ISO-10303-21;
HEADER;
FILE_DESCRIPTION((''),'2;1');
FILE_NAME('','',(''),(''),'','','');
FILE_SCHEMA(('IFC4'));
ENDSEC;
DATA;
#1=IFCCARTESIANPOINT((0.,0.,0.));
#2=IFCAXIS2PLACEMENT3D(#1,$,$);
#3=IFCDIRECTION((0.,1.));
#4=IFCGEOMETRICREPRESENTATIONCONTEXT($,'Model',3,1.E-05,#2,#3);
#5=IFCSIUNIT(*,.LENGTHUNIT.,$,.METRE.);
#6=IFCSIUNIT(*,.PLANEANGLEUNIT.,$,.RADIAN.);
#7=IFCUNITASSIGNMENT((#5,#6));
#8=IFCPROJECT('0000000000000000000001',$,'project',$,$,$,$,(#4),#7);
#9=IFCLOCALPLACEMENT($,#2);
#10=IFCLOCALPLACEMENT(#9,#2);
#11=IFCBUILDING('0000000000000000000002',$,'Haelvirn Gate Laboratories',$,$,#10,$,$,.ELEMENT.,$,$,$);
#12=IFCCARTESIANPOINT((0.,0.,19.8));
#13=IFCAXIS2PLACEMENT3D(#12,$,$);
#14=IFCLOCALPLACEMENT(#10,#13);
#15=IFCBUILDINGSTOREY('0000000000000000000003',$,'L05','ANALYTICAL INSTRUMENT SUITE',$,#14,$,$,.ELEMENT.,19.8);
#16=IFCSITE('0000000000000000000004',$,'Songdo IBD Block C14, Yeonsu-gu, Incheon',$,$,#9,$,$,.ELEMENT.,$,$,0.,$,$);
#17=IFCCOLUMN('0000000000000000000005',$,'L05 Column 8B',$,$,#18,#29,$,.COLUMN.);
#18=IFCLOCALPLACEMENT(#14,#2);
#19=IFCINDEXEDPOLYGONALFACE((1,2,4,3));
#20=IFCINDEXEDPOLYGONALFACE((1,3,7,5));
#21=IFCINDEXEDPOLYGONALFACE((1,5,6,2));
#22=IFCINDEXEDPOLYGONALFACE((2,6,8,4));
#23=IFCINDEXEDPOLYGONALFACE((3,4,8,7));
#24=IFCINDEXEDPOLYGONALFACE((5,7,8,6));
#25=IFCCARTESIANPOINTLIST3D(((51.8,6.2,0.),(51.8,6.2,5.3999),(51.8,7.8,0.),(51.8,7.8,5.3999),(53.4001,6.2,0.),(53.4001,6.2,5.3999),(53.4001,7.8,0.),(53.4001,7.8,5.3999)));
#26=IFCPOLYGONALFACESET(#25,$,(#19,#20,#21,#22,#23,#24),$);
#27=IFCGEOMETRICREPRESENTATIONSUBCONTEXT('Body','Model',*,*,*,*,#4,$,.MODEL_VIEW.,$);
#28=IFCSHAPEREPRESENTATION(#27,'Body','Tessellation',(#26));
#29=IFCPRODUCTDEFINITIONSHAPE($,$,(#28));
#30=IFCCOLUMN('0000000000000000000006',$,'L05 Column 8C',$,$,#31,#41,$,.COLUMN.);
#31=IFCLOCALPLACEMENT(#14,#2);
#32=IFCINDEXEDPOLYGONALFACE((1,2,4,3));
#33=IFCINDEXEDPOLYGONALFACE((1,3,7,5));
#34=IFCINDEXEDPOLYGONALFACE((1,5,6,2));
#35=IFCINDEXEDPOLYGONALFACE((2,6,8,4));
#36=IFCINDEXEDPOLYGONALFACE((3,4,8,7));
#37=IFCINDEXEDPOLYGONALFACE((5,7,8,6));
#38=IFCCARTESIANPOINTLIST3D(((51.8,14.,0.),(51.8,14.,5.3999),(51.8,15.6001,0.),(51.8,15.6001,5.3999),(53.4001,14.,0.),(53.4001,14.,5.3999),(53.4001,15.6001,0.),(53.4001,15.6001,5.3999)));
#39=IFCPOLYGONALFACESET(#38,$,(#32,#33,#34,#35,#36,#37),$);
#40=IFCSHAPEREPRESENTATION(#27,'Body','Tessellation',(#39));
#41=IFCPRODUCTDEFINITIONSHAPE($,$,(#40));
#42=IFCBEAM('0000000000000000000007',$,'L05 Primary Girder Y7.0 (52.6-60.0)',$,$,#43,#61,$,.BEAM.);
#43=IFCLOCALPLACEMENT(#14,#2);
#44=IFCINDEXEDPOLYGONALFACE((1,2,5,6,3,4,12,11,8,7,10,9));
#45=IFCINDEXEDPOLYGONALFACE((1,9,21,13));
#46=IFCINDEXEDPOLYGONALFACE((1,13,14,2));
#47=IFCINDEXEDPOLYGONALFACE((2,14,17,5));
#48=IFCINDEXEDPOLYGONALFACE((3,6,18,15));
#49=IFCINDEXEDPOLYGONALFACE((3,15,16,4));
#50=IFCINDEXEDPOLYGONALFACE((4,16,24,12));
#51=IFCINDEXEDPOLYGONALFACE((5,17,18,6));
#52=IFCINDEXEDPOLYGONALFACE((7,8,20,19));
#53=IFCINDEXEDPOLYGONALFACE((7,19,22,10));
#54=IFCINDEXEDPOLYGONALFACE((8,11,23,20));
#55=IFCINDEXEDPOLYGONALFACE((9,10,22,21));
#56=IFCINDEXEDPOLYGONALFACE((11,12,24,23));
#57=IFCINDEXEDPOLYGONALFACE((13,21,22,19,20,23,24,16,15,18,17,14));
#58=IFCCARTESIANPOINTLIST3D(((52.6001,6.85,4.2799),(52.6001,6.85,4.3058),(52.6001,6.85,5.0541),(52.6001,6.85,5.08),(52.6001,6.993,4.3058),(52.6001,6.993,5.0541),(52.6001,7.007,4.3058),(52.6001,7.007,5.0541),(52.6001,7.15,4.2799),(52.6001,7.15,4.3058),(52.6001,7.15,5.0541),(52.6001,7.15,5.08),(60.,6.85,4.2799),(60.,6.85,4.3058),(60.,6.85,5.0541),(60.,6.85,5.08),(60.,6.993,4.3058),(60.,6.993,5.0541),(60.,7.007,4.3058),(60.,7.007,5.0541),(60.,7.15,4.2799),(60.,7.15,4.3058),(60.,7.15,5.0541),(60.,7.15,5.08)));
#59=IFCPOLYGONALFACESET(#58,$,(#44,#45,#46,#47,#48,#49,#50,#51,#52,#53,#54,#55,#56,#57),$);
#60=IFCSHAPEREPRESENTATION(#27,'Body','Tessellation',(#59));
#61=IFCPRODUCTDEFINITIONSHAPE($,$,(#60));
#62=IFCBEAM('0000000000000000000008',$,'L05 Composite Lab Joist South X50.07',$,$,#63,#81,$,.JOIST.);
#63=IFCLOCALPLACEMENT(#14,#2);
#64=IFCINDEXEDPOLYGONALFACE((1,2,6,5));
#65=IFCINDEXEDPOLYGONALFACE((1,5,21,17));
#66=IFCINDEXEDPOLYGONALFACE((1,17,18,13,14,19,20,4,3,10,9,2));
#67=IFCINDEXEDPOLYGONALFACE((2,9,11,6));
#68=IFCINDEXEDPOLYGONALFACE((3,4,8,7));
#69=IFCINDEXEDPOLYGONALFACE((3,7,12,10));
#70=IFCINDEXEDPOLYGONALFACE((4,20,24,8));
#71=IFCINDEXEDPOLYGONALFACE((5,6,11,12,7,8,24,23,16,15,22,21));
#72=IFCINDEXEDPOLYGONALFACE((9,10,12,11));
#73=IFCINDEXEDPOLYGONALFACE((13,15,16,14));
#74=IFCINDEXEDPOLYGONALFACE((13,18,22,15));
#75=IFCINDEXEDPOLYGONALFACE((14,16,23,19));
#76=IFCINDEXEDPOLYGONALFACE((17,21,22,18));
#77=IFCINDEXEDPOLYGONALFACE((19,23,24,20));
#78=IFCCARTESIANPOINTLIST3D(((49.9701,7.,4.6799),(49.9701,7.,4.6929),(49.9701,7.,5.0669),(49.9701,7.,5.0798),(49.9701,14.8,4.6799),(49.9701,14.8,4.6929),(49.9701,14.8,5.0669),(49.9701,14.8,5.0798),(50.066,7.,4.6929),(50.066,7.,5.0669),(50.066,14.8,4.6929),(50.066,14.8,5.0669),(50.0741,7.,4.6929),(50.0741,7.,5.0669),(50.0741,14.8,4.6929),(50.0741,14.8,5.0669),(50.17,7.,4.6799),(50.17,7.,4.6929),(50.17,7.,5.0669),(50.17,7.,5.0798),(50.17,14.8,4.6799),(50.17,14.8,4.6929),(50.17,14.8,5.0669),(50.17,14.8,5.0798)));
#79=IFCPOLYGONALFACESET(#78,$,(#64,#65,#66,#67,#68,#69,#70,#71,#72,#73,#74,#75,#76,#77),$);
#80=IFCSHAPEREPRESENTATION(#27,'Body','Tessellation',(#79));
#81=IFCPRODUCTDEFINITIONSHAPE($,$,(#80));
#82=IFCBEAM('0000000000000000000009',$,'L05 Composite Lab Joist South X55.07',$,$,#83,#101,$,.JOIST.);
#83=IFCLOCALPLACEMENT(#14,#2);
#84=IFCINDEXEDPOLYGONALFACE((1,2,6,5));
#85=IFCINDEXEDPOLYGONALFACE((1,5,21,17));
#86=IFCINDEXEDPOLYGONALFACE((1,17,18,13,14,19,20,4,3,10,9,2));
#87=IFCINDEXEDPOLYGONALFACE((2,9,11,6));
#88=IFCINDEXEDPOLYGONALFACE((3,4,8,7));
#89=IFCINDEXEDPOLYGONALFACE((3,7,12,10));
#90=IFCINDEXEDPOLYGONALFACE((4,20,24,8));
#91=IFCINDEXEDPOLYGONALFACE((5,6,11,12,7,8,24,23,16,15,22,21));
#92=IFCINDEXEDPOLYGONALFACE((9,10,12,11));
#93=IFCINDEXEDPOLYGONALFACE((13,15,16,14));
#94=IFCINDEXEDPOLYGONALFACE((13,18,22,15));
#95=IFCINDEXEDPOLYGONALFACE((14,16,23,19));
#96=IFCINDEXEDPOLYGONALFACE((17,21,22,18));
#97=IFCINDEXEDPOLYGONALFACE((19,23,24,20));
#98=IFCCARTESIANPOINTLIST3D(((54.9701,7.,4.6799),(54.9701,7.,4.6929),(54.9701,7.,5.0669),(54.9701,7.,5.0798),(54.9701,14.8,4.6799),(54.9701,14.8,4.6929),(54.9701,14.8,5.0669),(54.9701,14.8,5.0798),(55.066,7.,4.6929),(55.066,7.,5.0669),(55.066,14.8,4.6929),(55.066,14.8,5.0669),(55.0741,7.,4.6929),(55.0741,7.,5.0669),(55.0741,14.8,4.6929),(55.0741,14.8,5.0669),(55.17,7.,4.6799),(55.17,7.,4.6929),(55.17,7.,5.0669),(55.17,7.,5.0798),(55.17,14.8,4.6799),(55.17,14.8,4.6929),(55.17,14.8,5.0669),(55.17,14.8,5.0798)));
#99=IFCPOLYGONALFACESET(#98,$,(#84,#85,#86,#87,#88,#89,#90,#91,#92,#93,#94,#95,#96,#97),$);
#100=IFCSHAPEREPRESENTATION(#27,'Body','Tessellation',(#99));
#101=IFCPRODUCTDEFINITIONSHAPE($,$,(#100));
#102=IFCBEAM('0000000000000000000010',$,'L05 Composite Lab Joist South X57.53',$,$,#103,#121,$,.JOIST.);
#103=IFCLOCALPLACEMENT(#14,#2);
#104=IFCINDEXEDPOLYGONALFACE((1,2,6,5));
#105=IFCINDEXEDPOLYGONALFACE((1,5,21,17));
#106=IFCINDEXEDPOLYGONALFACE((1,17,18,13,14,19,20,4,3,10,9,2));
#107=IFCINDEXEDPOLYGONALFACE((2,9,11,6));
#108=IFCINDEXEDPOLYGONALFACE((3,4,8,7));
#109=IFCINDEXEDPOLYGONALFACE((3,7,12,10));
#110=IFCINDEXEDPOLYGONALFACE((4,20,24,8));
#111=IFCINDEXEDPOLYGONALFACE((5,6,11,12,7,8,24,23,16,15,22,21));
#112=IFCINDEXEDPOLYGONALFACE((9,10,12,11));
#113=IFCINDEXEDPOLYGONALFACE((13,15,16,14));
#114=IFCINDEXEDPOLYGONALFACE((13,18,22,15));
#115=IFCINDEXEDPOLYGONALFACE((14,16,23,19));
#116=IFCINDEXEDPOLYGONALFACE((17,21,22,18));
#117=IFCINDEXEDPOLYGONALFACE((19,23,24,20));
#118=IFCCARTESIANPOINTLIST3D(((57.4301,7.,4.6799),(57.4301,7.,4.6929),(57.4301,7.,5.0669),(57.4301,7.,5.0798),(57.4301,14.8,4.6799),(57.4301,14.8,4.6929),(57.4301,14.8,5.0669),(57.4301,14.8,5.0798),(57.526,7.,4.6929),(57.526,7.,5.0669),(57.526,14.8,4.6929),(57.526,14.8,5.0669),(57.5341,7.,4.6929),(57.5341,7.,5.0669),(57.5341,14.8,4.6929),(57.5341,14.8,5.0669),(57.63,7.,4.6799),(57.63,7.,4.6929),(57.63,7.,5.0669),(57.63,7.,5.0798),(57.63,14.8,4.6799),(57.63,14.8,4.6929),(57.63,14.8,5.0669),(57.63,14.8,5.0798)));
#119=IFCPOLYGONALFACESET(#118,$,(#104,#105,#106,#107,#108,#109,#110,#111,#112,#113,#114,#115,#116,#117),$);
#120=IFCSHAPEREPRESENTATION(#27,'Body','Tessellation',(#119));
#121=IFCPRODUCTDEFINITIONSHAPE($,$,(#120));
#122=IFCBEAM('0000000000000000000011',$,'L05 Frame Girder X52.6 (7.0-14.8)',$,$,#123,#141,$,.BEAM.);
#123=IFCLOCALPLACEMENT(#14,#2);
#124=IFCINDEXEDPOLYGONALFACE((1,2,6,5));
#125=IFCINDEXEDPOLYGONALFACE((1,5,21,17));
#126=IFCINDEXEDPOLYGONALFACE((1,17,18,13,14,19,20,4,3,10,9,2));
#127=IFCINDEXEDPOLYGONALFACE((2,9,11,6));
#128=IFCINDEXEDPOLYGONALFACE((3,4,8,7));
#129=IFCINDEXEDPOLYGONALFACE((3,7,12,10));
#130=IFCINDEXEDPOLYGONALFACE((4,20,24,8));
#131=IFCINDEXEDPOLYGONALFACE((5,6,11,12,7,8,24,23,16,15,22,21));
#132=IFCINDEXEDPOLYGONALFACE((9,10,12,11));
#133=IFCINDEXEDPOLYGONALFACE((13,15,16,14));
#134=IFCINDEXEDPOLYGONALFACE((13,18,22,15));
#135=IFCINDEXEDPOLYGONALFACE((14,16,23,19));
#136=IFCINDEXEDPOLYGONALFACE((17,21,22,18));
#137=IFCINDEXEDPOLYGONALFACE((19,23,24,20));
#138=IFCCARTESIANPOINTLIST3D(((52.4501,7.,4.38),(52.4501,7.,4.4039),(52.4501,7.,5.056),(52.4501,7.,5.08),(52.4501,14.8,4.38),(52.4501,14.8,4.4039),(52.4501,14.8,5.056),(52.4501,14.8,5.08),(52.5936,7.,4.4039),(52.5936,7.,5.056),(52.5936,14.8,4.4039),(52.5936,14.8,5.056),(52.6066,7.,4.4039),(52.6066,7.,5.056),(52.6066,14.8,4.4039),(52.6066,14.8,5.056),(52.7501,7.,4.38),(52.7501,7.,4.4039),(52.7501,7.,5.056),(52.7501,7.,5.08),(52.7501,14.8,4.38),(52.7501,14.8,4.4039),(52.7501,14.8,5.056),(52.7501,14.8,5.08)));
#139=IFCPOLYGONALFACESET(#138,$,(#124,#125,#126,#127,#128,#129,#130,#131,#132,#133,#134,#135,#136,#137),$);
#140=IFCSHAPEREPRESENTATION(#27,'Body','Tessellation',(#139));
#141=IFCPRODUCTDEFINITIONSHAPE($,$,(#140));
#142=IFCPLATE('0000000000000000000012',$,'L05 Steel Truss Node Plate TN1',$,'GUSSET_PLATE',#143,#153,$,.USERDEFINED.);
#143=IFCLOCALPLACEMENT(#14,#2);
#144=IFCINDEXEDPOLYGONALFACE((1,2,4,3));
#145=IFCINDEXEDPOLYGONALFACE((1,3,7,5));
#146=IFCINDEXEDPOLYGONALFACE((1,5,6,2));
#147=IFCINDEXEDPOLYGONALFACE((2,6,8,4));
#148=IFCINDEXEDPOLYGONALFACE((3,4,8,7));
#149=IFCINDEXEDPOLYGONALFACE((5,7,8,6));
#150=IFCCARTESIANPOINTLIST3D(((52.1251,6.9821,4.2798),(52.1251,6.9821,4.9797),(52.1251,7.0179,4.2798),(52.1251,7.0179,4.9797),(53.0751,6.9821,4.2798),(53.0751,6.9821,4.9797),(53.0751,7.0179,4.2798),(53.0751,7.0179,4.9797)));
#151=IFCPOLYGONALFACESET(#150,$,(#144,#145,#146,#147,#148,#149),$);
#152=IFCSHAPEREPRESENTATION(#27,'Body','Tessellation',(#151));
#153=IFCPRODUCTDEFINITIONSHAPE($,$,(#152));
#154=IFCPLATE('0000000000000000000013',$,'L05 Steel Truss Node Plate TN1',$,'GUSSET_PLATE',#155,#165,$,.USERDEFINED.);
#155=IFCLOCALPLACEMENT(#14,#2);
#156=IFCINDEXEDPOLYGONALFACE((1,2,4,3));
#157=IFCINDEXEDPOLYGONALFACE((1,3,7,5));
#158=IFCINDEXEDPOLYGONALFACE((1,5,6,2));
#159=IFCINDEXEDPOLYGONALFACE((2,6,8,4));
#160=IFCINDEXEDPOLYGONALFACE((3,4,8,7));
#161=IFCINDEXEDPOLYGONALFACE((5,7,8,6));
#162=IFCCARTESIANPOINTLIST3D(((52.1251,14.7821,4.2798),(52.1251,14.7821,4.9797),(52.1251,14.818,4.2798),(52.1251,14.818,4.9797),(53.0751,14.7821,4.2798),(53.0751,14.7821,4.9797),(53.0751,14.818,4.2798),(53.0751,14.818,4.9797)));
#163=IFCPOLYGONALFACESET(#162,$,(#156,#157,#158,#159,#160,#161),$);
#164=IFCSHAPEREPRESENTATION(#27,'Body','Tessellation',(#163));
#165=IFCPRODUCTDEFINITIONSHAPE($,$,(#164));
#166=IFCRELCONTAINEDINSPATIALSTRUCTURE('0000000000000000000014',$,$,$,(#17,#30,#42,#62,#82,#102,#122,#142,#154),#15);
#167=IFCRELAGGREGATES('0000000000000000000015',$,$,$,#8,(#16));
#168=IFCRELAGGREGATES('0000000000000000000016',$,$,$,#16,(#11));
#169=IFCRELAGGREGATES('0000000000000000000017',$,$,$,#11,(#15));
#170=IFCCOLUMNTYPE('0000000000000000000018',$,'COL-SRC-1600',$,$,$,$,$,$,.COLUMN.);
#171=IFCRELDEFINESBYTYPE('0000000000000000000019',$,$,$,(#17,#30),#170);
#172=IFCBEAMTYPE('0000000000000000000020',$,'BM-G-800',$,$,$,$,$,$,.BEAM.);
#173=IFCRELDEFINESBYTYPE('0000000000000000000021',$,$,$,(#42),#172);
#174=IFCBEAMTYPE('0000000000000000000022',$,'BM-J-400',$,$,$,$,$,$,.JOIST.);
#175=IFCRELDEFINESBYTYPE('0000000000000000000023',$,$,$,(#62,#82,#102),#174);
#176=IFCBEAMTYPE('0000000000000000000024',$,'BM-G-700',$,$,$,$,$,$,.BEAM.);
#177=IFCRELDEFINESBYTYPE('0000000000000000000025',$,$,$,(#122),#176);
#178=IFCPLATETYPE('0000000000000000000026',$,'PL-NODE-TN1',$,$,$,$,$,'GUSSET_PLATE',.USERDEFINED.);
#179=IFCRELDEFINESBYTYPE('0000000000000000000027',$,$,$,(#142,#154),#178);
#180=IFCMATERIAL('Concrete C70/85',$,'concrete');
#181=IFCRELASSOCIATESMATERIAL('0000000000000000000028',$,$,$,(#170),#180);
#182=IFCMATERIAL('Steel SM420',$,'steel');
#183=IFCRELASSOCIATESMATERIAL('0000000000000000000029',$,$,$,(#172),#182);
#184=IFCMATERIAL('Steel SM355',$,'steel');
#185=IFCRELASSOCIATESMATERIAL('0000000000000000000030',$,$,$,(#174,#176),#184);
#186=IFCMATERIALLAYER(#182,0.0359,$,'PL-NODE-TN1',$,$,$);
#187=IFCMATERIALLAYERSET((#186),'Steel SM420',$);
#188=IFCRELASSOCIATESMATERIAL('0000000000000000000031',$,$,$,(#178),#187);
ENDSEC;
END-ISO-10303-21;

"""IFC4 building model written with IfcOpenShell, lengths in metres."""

from ifc_helpers import new_model, si_unit, direction, frame, origin, origin_2d, place, context, subcontext, project, spatial, rectangle, i_section, extrude, source, transform, mapped, material, layer, layer_set, material_profile, profile_set, type_object, type_shapes, element, save


model = new_model("IFC4")

# Units and contexts
model_context = context("Model", 3, precision=1e-05, world=origin(), true_north=direction((0.0, 1.0)))
body_context = subcontext(model_context, "Body", "Model", "MODEL_VIEW")
ifc_project = project(units=[si_unit("LENGTHUNIT", "METRE"), si_unit("PLANEANGLEUNIT", "RADIAN")], contexts=[model_context])

# Site, building, storey
site_placement = place(None, origin())
site = spatial("IfcSite", under=ifc_project, at=site_placement, Name="Songdo IBD Block C14, Yeonsu-gu, Incheon", CompositionType="ELEMENT", RefElevation=0.0)
building_placement = place(site_placement, origin())
building = spatial("IfcBuilding", under=site, at=building_placement, Name="Haelvirn Gate Laboratories", CompositionType="ELEMENT")
storey_placement = place(building_placement, frame((0.0, 0.0, 19.8)))
storey = spatial("IfcBuildingStorey", under=building, at=storey_placement, Name="L05", Description="ANALYTICAL INSTRUMENT SUITE", CompositionType="ELEMENT", Elevation=19.8)

# Columns
ifc_material_1 = material(Name="Concrete C70/85", Category="concrete")
ifc_material_profile_1 = material_profile(ifc_material_1, rectangle(XDim=1.6001, YDim=1.6001, at=origin_2d()), Name="SRC-1600x1600")
ifc_profile_set_1 = profile_set([ifc_material_profile_1], Name="Concrete C70/85")
column_type = type_object("IfcColumnType", Name="COL-SRC-1600", PredefinedType="COLUMN", material=ifc_profile_set_1)
shared_shape_1 = source(origin(), body_context, "Body", "SweptSolid", [
    extrude(rectangle(XDim=1.6001, YDim=1.6001, at=origin_2d()), origin(), (0.0, 0.0, 1.0), 5.3999),
])
type_shapes(column_type, [shared_shape_1])
for number, where, z_axis, x_axis, name in (
    (1, (52.6001, 7.0, 0.0), (0.0, 0.0, 1.0), (1.0, 0.0, 0.0), "L05 Column 8B"),
    (2, (52.6001, 14.8, 0.0), (0.0, 0.0, 1.0), (1.0, 0.0, 0.0), "L05 Column 8C"),
):
    element("IfcColumn", number, at=place(storey_placement, frame(where, z_axis=z_axis, x_axis=x_axis)), inside=storey, type_object=column_type, Name=name, PredefinedType="COLUMN", context=body_context, shape_type="MappedRepresentation", body=[
        mapped(shared_shape_1, transform((0.0, 0.0, 0.0), scale=1.0)),
    ])

# Beams
ifc_material_2 = material(Name="Steel SM420", Category="steel")
ifc_material_profile_2 = material_profile(ifc_material_2, i_section(OverallWidth=0.3, OverallDepth=0.8, WebThickness=0.0139, FlangeThickness=0.0259, at=origin_2d()), Name="H-800x300x14x26")
ifc_profile_set_2 = profile_set([ifc_material_profile_2], Name="Steel SM420")
beam_type_1 = type_object("IfcBeamType", Name="BM-G-800", PredefinedType="BEAM", material=ifc_profile_set_2)
shared_shape_2 = source(origin(), body_context, "Body", "SweptSolid", [
    extrude(i_section(OverallWidth=0.3, OverallDepth=0.8, WebThickness=0.0139, FlangeThickness=0.0259, at=origin_2d()), origin(), (0.0, 0.0, 1.0), 7.3999),
])
type_shapes(beam_type_1, [shared_shape_2])
beam_1_placement = place(storey_placement, frame((52.6001, 7.0, 4.6799), z_axis=(1.0, 0.0, 0.0), x_axis=(0.0, 1.0, 0.0)))
element("IfcBeam", 3, at=beam_1_placement, inside=storey, type_object=beam_type_1, Name="L05 Primary Girder Y7.0 (52.6-60.0)", PredefinedType="BEAM", context=body_context, shape_type="MappedRepresentation", body=[
    mapped(shared_shape_2, transform((0.0, 0.0, 0.0), scale=1.0)),
])
ifc_material_3 = material(Name="Steel SM355", Category="steel")
ifc_material_profile_3 = material_profile(ifc_material_3, i_section(OverallWidth=0.2, OverallDepth=0.3999, WebThickness=0.0081, FlangeThickness=0.0129, at=origin_2d()), Name="H-400x200x8x13")
ifc_profile_set_3 = profile_set([ifc_material_profile_3], Name="Steel SM355")
beam_type_2 = type_object("IfcBeamType", Name="BM-J-400", PredefinedType="JOIST", material=ifc_profile_set_3)
shared_shape_3 = source(origin(), body_context, "Body", "SweptSolid", [
    extrude(i_section(OverallWidth=0.2, OverallDepth=0.3999, WebThickness=0.0081, FlangeThickness=0.0129, at=origin_2d()), origin(), (0.0, 0.0, 1.0), 7.8),
])
type_shapes(beam_type_2, [shared_shape_3])
for number, where, z_axis, x_axis, name in (
    (4, (50.0701, 7.0, 4.8799), (0.0, 1.0, 0.0), (-1.0, 0.0, 0.0), "L05 Composite Lab Joist South X50.07"),
    (5, (55.0701, 7.0, 4.8799), (0.0, 1.0, 0.0), (-1.0, 0.0, 0.0), "L05 Composite Lab Joist South X55.07"),
    (6, (57.53, 7.0, 4.8799), (0.0, 1.0, 0.0), (-1.0, 0.0, 0.0), "L05 Composite Lab Joist South X57.53"),
):
    element("IfcBeam", number, at=place(storey_placement, frame(where, z_axis=z_axis, x_axis=x_axis)), inside=storey, type_object=beam_type_2, Name=name, PredefinedType="JOIST", context=body_context, shape_type="MappedRepresentation", body=[
        mapped(shared_shape_3, transform((0.0, 0.0, 0.0), scale=1.0)),
    ])
ifc_material_profile_4 = material_profile(ifc_material_3, i_section(OverallWidth=0.3, OverallDepth=0.7, WebThickness=0.0129, FlangeThickness=0.0239, at=origin_2d()), Name="H-700x300x13x24")
ifc_profile_set_4 = profile_set([ifc_material_profile_4], Name="Steel SM355")
beam_type_3 = type_object("IfcBeamType", Name="BM-G-700", PredefinedType="BEAM", material=ifc_profile_set_4)
shared_shape_4 = source(origin(), body_context, "Body", "SweptSolid", [
    extrude(i_section(OverallWidth=0.3, OverallDepth=0.7, WebThickness=0.0129, FlangeThickness=0.0239, at=origin_2d()), origin(), (0.0, 0.0, 1.0), 7.8),
])
type_shapes(beam_type_3, [shared_shape_4])
beam_2_placement = place(storey_placement, frame((52.6001, 7.0, 4.73), z_axis=(0.0, 1.0, 0.0), x_axis=(-1.0, 0.0, 0.0)))
element("IfcBeam", 7, at=beam_2_placement, inside=storey, type_object=beam_type_3, Name="L05 Frame Girder X52.6 (7.0-14.8)", PredefinedType="BEAM", context=body_context, shape_type="MappedRepresentation", body=[
    mapped(shared_shape_4, transform((0.0, 0.0, 0.0), scale=1.0)),
])

# Plates
ifc_layer_1 = layer(ifc_material_2, 0.0359, Name="PL-NODE-TN1")
ifc_layer_set_1 = layer_set([ifc_layer_1], Name="Steel SM420")
plate_type = type_object("IfcPlateType", Name="PL-NODE-TN1", ElementType="GUSSET_PLATE", PredefinedType="USERDEFINED", material=ifc_layer_set_1)
shared_shape_5 = source(origin(), body_context, "Body", "SweptSolid", [
    extrude(rectangle(XDim=0.95, YDim=0.0359, at=origin_2d()), origin(), (0.0, 0.0, 1.0), 0.7),
])
type_shapes(plate_type, [shared_shape_5])
for number, where, z_axis, x_axis, name in (
    (8, (52.6001, 7.0, 4.2798), (0.0, 0.0, 1.0), (1.0, 0.0, 0.0), "L05 Steel Truss Node Plate TN1"),
    (9, (52.6001, 14.8, 4.2798), (0.0, 0.0, 1.0), (1.0, 0.0, 0.0), "L05 Steel Truss Node Plate TN1"),
):
    element("IfcPlate", number, at=place(storey_placement, frame(where, z_axis=z_axis, x_axis=x_axis)), inside=storey, type_object=plate_type, Name=name, ObjectType="GUSSET_PLATE", PredefinedType="USERDEFINED", context=body_context, shape_type="MappedRepresentation", body=[
        mapped(shared_shape_5, transform((0.0, 0.0, 0.0), scale=1.0)),
    ])

save(model, "model.ifc")
